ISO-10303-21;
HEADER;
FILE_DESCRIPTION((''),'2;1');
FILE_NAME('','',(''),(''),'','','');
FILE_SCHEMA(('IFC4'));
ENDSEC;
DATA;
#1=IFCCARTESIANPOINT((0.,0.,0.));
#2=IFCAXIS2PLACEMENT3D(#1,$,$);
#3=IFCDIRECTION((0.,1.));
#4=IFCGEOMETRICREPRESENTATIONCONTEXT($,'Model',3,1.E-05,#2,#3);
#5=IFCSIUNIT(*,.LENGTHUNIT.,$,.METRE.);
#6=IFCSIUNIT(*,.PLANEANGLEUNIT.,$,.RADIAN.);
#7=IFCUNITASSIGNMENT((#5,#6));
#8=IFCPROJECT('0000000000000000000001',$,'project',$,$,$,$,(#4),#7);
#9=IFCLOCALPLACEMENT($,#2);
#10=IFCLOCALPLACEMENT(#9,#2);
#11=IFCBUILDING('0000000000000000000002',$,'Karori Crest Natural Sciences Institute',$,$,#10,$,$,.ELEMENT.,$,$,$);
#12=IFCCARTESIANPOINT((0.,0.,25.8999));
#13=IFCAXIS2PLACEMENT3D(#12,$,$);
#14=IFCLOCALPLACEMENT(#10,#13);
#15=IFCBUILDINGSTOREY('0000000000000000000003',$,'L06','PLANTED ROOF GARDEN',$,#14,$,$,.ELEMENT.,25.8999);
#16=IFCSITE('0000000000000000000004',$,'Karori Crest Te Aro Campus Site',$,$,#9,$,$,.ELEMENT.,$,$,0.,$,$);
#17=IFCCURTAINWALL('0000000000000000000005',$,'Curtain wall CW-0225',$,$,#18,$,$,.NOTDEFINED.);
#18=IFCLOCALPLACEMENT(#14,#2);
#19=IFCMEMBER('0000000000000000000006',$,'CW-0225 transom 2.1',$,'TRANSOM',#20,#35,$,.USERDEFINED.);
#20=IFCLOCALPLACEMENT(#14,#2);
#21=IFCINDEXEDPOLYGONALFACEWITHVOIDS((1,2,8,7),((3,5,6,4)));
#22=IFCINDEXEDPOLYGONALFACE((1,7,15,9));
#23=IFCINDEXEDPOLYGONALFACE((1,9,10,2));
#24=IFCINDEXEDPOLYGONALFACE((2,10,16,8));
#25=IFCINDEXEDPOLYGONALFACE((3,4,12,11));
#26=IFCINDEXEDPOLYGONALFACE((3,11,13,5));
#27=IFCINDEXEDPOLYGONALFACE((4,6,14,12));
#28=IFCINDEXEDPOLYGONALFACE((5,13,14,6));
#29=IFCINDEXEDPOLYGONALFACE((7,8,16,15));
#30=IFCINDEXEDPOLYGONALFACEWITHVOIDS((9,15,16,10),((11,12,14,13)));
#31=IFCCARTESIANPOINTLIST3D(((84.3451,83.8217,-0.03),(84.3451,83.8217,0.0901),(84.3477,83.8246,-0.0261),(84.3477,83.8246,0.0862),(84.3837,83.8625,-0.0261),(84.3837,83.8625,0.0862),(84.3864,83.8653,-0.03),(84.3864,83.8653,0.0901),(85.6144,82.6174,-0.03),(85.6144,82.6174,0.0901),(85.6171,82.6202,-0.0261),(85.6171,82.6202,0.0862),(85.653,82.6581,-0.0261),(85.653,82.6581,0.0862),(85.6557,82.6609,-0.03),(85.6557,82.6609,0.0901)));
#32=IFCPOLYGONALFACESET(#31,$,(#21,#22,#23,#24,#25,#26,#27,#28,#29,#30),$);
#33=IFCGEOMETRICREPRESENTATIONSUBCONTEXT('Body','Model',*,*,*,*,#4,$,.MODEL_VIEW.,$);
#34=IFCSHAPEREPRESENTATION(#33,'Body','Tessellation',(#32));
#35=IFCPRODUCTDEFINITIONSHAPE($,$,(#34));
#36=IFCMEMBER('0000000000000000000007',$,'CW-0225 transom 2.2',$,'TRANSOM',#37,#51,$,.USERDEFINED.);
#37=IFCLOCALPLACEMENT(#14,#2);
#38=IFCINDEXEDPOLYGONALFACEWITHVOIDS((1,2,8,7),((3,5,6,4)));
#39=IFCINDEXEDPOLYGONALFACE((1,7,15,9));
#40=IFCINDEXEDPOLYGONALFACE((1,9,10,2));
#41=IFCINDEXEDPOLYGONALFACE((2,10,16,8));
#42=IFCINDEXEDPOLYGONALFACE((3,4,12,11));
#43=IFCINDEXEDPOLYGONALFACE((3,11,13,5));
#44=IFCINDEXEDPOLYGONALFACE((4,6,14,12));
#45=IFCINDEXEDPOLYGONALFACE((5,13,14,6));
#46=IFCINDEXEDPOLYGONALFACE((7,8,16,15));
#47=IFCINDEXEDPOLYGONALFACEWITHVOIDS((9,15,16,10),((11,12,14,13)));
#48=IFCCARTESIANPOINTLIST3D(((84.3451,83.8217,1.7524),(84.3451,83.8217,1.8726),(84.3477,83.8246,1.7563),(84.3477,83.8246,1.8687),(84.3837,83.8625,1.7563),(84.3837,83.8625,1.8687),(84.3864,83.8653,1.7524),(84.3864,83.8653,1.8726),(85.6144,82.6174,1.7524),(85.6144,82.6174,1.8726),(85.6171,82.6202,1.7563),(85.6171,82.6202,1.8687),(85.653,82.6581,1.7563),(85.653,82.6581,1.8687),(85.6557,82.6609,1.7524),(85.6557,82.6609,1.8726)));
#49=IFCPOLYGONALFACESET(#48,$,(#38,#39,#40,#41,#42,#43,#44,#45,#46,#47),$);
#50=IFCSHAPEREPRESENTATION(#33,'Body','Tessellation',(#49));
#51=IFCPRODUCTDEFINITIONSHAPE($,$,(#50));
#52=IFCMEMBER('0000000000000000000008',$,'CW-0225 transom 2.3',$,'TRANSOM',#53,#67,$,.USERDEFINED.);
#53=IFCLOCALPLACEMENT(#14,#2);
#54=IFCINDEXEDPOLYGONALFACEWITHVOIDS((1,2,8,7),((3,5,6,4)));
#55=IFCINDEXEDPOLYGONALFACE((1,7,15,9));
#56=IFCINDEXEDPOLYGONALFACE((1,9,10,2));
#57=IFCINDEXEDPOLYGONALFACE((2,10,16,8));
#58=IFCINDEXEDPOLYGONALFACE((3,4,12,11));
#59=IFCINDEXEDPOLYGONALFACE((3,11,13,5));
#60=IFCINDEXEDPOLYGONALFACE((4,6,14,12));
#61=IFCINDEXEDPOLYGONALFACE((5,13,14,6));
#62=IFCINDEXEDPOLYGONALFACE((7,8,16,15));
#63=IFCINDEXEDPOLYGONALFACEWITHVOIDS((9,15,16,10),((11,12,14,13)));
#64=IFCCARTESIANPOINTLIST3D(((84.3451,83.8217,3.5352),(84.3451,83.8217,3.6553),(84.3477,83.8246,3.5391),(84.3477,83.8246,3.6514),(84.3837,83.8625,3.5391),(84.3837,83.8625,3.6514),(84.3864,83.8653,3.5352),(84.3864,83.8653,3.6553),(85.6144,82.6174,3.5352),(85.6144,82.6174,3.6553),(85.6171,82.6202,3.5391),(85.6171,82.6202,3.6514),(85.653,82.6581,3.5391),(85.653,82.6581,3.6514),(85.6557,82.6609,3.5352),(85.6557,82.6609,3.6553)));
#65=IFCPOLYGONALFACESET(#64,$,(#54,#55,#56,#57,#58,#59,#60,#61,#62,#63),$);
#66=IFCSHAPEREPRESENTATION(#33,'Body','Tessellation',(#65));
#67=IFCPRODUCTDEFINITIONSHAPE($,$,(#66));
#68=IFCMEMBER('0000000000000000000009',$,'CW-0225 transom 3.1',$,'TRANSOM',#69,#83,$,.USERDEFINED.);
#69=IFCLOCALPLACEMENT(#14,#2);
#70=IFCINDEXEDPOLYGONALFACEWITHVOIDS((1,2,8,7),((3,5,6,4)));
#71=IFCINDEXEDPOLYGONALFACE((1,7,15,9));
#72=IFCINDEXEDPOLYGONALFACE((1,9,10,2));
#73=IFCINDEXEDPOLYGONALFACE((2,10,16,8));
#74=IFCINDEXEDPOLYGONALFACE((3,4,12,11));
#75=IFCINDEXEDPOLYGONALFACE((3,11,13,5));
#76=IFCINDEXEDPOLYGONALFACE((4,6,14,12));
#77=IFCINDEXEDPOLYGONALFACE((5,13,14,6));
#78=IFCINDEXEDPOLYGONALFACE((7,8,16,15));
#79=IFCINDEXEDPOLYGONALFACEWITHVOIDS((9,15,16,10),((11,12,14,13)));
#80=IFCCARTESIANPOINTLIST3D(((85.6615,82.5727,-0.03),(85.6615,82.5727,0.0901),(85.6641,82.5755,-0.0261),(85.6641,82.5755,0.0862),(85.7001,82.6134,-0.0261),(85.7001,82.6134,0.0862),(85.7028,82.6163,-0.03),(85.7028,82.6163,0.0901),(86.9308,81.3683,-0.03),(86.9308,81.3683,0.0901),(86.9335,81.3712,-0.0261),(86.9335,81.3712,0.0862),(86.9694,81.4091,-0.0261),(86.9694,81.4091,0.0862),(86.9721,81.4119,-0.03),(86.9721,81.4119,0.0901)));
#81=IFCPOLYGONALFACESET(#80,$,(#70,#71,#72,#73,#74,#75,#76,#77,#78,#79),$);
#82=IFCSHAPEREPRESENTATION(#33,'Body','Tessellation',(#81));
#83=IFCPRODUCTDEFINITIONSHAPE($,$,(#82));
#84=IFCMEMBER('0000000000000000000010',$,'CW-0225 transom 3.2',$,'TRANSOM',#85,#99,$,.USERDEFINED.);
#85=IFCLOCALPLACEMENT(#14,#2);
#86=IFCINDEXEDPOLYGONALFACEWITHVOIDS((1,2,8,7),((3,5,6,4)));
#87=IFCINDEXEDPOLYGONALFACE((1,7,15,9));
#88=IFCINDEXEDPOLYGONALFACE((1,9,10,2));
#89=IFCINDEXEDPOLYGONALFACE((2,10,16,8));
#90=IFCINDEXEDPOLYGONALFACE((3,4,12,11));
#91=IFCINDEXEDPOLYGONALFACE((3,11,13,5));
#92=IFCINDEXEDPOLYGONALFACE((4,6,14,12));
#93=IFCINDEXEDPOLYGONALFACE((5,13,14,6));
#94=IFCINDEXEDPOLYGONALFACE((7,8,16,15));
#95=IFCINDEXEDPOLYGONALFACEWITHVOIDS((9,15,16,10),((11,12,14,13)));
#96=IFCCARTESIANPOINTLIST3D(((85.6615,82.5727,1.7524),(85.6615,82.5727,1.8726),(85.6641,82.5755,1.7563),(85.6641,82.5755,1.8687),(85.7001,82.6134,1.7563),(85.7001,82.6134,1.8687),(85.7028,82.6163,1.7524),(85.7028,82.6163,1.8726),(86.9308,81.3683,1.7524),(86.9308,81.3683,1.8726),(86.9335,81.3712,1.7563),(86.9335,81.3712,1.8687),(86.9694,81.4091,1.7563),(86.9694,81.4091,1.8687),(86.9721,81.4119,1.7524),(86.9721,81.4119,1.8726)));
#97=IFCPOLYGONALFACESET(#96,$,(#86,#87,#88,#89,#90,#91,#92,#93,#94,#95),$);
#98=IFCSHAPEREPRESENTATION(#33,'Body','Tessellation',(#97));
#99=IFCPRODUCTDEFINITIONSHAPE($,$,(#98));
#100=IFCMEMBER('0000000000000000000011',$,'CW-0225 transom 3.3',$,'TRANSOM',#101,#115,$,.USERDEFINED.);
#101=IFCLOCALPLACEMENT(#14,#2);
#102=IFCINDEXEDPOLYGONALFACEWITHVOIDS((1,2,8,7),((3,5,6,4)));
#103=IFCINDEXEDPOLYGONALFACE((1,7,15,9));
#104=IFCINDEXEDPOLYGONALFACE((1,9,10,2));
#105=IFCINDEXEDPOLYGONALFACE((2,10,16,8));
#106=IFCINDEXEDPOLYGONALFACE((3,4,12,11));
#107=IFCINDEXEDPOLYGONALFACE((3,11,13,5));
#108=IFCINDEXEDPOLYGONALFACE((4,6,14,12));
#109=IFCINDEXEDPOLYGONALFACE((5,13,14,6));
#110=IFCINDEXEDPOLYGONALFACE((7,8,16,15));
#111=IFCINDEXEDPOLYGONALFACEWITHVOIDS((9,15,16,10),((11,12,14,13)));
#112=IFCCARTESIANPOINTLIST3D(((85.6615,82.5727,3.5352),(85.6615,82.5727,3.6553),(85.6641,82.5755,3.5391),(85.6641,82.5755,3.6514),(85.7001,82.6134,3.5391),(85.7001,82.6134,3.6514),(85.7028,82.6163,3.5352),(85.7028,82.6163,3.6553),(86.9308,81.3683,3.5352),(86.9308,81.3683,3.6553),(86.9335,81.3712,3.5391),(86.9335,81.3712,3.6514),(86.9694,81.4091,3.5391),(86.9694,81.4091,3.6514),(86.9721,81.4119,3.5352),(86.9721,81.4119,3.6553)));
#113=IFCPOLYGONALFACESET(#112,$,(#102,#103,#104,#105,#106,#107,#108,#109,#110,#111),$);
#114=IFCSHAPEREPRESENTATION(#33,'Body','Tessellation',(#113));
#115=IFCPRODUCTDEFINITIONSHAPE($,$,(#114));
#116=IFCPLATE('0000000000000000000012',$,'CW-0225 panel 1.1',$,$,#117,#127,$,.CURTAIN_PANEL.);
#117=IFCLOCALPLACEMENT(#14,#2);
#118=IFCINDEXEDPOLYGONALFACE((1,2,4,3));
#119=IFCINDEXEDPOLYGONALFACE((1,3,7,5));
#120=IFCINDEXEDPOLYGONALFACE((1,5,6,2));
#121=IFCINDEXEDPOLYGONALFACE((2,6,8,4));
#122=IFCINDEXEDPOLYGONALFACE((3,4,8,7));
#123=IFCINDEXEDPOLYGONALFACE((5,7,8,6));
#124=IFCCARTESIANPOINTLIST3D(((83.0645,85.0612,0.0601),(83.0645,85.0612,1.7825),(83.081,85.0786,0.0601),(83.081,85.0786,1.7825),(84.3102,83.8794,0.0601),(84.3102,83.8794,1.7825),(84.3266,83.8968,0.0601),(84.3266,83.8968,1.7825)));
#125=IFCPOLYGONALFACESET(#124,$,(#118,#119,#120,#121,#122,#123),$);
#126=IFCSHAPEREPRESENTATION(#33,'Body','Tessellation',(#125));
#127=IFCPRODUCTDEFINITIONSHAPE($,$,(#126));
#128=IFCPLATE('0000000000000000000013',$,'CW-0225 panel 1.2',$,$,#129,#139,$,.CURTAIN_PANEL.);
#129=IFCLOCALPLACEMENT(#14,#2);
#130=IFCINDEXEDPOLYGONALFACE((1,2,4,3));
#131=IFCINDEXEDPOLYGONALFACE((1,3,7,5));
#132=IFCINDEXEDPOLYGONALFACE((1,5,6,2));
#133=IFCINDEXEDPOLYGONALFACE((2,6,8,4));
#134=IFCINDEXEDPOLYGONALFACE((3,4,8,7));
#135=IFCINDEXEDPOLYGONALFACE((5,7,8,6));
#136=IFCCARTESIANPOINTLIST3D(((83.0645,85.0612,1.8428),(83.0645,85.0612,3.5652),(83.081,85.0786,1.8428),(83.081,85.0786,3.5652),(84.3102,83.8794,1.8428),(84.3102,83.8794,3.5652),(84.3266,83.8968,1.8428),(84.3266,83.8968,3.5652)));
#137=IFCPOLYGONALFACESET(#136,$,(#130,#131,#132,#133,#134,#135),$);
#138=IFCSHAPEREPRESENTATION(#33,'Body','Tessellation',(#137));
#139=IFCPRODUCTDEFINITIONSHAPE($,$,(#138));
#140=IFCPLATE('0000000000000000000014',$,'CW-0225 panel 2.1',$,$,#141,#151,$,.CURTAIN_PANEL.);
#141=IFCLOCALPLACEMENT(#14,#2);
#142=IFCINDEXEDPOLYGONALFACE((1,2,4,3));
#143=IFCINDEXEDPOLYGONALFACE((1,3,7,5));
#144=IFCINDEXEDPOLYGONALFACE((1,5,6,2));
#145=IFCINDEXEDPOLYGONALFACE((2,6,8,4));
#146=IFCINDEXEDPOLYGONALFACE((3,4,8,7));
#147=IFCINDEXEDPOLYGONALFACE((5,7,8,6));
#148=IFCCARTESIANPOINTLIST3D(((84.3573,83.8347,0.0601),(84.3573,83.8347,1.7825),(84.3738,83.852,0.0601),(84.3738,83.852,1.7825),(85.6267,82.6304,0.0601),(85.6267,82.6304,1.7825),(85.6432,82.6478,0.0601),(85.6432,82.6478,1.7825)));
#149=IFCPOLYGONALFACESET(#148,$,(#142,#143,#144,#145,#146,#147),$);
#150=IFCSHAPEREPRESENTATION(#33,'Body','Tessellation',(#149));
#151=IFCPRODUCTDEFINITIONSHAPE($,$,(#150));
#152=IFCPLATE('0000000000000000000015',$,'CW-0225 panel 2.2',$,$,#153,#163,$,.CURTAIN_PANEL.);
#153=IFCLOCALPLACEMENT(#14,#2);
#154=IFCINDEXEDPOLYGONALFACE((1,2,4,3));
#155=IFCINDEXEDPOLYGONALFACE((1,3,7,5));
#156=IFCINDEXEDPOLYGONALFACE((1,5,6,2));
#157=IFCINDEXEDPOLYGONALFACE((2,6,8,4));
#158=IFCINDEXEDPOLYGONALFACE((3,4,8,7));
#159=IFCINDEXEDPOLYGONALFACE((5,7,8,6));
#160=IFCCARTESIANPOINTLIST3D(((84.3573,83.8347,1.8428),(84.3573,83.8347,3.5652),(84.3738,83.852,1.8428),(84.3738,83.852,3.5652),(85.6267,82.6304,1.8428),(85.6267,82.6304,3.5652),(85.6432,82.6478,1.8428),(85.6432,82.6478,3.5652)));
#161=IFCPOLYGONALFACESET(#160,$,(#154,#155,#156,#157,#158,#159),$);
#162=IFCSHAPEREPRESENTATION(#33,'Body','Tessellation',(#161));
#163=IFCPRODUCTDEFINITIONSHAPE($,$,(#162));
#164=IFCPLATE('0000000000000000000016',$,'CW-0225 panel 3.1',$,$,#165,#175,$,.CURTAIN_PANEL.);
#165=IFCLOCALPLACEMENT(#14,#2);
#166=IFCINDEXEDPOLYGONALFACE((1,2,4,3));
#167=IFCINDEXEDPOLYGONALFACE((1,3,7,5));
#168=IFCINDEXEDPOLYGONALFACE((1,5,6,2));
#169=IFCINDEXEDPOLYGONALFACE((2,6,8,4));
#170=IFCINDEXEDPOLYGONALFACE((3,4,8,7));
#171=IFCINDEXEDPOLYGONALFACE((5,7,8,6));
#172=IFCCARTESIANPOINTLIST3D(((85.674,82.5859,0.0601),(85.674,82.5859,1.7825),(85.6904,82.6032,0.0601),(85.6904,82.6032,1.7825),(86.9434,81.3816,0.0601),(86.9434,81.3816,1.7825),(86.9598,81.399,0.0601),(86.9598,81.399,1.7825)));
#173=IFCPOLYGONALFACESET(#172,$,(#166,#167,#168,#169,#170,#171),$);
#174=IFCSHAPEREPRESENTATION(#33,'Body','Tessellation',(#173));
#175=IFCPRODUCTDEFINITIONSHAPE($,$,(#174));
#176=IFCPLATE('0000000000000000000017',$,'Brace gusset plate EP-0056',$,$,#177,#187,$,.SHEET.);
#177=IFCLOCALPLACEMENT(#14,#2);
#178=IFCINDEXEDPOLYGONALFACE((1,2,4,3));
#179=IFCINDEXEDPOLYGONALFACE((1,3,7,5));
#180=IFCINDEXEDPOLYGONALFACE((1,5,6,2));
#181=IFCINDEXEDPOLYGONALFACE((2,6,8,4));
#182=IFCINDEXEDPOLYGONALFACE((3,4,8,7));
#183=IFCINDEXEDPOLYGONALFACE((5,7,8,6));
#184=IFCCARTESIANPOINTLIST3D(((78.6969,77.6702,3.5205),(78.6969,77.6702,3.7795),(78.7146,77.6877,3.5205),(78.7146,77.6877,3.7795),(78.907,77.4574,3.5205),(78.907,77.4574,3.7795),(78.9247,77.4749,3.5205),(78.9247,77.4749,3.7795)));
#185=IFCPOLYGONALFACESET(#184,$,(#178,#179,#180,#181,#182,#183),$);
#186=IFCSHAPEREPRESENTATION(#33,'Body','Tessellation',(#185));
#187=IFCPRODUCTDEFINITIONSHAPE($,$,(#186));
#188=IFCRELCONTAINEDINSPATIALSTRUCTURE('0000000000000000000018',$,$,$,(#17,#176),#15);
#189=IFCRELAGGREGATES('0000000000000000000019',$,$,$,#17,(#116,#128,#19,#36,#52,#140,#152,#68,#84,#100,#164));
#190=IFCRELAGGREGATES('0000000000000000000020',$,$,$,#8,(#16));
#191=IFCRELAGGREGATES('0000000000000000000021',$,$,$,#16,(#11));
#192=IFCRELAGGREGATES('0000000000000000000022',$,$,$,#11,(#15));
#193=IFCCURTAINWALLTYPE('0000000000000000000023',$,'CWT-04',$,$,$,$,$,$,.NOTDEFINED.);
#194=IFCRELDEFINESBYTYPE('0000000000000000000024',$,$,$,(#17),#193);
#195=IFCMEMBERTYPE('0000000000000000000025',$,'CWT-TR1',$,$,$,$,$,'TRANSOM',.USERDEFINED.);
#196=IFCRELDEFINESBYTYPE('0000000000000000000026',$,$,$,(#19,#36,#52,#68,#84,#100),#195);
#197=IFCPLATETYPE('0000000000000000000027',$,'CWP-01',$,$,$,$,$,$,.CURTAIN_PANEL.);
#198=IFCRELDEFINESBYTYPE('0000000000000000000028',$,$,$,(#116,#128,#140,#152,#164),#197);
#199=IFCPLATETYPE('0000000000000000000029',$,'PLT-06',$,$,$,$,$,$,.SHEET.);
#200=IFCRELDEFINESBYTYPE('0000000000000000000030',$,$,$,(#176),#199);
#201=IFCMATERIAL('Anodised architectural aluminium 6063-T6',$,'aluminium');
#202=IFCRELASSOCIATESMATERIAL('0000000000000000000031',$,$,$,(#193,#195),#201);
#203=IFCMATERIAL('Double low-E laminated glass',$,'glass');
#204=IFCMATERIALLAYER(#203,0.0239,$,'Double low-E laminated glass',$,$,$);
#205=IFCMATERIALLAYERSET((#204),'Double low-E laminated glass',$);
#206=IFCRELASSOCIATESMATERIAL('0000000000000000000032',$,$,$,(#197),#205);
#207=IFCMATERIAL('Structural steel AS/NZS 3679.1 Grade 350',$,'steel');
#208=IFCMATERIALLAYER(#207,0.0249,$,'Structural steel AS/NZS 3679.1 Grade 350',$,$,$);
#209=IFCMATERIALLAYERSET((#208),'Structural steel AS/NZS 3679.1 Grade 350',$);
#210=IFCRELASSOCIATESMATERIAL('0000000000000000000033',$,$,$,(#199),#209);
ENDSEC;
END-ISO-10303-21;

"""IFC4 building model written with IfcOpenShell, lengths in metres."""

from ifc_helpers import new_model, si_unit, direction, frame, origin, origin_2d, place, context, subcontext, project, spatial, rectangle, hollow_rectangle, extrude, material, layer, layer_set, material_profile, profile_set, type_object, element, aggregate, save


model = new_model("IFC4")

# Units and contexts
model_context = context("Model", 3, precision=1e-05, world=origin(), true_north=direction((0.0, 1.0)))
body_context = subcontext(model_context, "Body", "Model", "MODEL_VIEW")
ifc_project = project(units=[si_unit("LENGTHUNIT", "METRE"), si_unit("PLANEANGLEUNIT", "RADIAN")], contexts=[model_context])

# Site, building, storey
site_placement = place(None, origin())
site = spatial("IfcSite", under=ifc_project, at=site_placement, Name="Karori Crest Te Aro Campus Site", CompositionType="ELEMENT", RefElevation=0.0)
building_placement = place(site_placement, origin())
building = spatial("IfcBuilding", under=site, at=building_placement, Name="Karori Crest Natural Sciences Institute", CompositionType="ELEMENT")
storey_placement = place(building_placement, frame((0.0, 0.0, 25.8999)))
storey = spatial("IfcBuildingStorey", under=building, at=storey_placement, Name="L06", Description="PLANTED ROOF GARDEN", CompositionType="ELEMENT", Elevation=25.8999)

# Shared definitions
ifc_material_1 = material(Name="Structural steel AS/NZS 3679.1 Grade 350", Category="steel")

# Curtain wall
ifc_material_2 = material(Name="Anodised architectural aluminium 6063-T6", Category="aluminium")
curtain_wall_type_1 = type_object("IfcCurtainWallType", Name="CWT-04", PredefinedType="NOTDEFINED", material=ifc_material_2)
curtain_wall_1_placement = place(storey_placement, origin())
curtain_wall_1 = element("IfcCurtainWall", 1, at=curtain_wall_1_placement, inside=storey, type_object=curtain_wall_type_1, Name="Curtain wall CW-0225", PredefinedType="NOTDEFINED")

# Members
ifc_material_profile_1 = material_profile(ifc_material_2, hollow_rectangle(XDim=0.0601, YDim=0.1201, WallThickness=0.0039, at=origin_2d()), Name="CWT120x60x4")
ifc_profile_set_1 = profile_set([ifc_material_profile_1], Name="Anodised architectural aluminium 6063-T6")
member_type_1 = type_object("IfcMemberType", Name="CWT-TR1", ElementType="TRANSOM", PredefinedType="USERDEFINED", material=ifc_profile_set_1)
member_1_placement = place(storey_placement, frame((84.3657, 83.8435, 0.03), z_axis=(0.725421, -0.688306, 0.0), x_axis=(0.688306, 0.725421, 0.0)))
member_1 = element("IfcMember", 2, at=member_1_placement, type_object=member_type_1, Name="CW-0225 transom 2.1", ObjectType="TRANSOM", PredefinedType="USERDEFINED", context=body_context, shape_type="SweptSolid", body=[
    extrude(hollow_rectangle(XDim=0.0601, YDim=0.1201, WallThickness=0.0039, at=origin_2d()), origin(), (0.0, 0.0, 1.0), 1.7498),
])
member_2_placement = place(storey_placement, frame((84.3657, 83.8435, 1.8125), z_axis=(0.725421, -0.688306, 0.0), x_axis=(0.688306, 0.725421, 0.0)))
member_2 = element("IfcMember", 3, at=member_2_placement, type_object=member_type_1, Name="CW-0225 transom 2.2", ObjectType="TRANSOM", PredefinedType="USERDEFINED", context=body_context, shape_type="SweptSolid", body=[
    extrude(hollow_rectangle(XDim=0.0601, YDim=0.1201, WallThickness=0.0039, at=origin_2d()), origin(), (0.0, 0.0, 1.0), 1.7498),
])
member_3_placement = place(storey_placement, frame((84.3657, 83.8435, 3.5952), z_axis=(0.725421, -0.688306, 0.0), x_axis=(0.688306, 0.725421, 0.0)))
member_3 = element("IfcMember", 4, at=member_3_placement, type_object=member_type_1, Name="CW-0225 transom 2.3", ObjectType="TRANSOM", PredefinedType="USERDEFINED", context=body_context, shape_type="SweptSolid", body=[
    extrude(hollow_rectangle(XDim=0.0601, YDim=0.1201, WallThickness=0.0039, at=origin_2d()), origin(), (0.0, 0.0, 1.0), 1.7498),
])
member_4_placement = place(storey_placement, frame((85.6821, 82.5945, 0.03), z_axis=(0.725421, -0.688306, 0.0), x_axis=(0.688306, 0.725421, 0.0)))
member_4 = element("IfcMember", 5, at=member_4_placement, type_object=member_type_1, Name="CW-0225 transom 3.1", ObjectType="TRANSOM", PredefinedType="USERDEFINED", context=body_context, shape_type="SweptSolid", body=[
    extrude(hollow_rectangle(XDim=0.0601, YDim=0.1201, WallThickness=0.0039, at=origin_2d()), origin(), (0.0, 0.0, 1.0), 1.7498),
])
member_5_placement = place(storey_placement, frame((85.6821, 82.5945, 1.8125), z_axis=(0.725421, -0.688306, 0.0), x_axis=(0.688306, 0.725421, 0.0)))
member_5 = element("IfcMember", 6, at=member_5_placement, type_object=member_type_1, Name="CW-0225 transom 3.2", ObjectType="TRANSOM", PredefinedType="USERDEFINED", context=body_context, shape_type="SweptSolid", body=[
    extrude(hollow_rectangle(XDim=0.0601, YDim=0.1201, WallThickness=0.0039, at=origin_2d()), origin(), (0.0, 0.0, 1.0), 1.7498),
])
member_6_placement = place(storey_placement, frame((85.6821, 82.5945, 3.5952), z_axis=(0.725421, -0.688306, 0.0), x_axis=(0.688306, 0.725421, 0.0)))
member_6 = element("IfcMember", 7, at=member_6_placement, type_object=member_type_1, Name="CW-0225 transom 3.3", ObjectType="TRANSOM", PredefinedType="USERDEFINED", context=body_context, shape_type="SweptSolid", body=[
    extrude(hollow_rectangle(XDim=0.0601, YDim=0.1201, WallThickness=0.0039, at=origin_2d()), origin(), (0.0, 0.0, 1.0), 1.7498),
])

# Plates
ifc_material_3 = material(Name="Double low-E laminated glass", Category="glass")
ifc_layer_1 = layer(ifc_material_3, 0.0239, Name="Double low-E laminated glass")
ifc_layer_set_1 = layer_set([ifc_layer_1], Name="Double low-E laminated glass")
plate_type_1 = type_object("IfcPlateType", Name="CWP-01", PredefinedType="CURTAIN_PANEL", material=ifc_layer_set_1)
plate_1_placement = place(storey_placement, frame((83.6956, 84.479, 0.0601), z_axis=(0.0, 0.0, 1.0), x_axis=(0.725471, -0.688252, 0.0)))
plate_1 = element("IfcPlate", 8, at=plate_1_placement, type_object=plate_type_1, Name="CW-0225 panel 1.1", PredefinedType="CURTAIN_PANEL", context=body_context, shape_type="SweptSolid", body=[
    extrude(rectangle(XDim=1.717, YDim=0.0239, at=origin_2d()), origin(), (0.0, 0.0, 1.0), 1.7224),
])
plate_2_placement = place(storey_placement, frame((83.6956, 84.479, 1.8428), z_axis=(0.0, 0.0, 1.0), x_axis=(0.725471, -0.688252, 0.0)))
plate_2 = element("IfcPlate", 9, at=plate_2_placement, type_object=plate_type_1, Name="CW-0225 panel 1.2", PredefinedType="CURTAIN_PANEL", context=body_context, shape_type="SweptSolid", body=[
    extrude(rectangle(XDim=1.717, YDim=0.0239, at=origin_2d()), origin(), (0.0, 0.0, 1.0), 1.7224),
])
plate_3_placement = place(storey_placement, frame((85.0002, 83.2412, 0.0601), z_axis=(0.0, 0.0, 1.0), x_axis=(0.725471, -0.688252, 0.0)))
plate_3 = element("IfcPlate", 10, at=plate_3_placement, type_object=plate_type_1, Name="CW-0225 panel 2.1", PredefinedType="CURTAIN_PANEL", context=body_context, shape_type="SweptSolid", body=[
    extrude(rectangle(XDim=1.7498, YDim=0.0239, at=origin_2d()), origin(), (0.0, 0.0, 1.0), 1.7224),
])
plate_4_placement = place(storey_placement, frame((85.0002, 83.2412, 1.8428), z_axis=(0.0, 0.0, 1.0), x_axis=(0.725471, -0.688252, 0.0)))
plate_4 = element("IfcPlate", 11, at=plate_4_placement, type_object=plate_type_1, Name="CW-0225 panel 2.2", PredefinedType="CURTAIN_PANEL", context=body_context, shape_type="SweptSolid", body=[
    extrude(rectangle(XDim=1.7498, YDim=0.0239, at=origin_2d()), origin(), (0.0, 0.0, 1.0), 1.7224),
])
plate_5_placement = place(storey_placement, frame((86.3169, 81.9924, 0.0601), z_axis=(0.0, 0.0, 1.0), x_axis=(0.725471, -0.688252, 0.0)))
plate_5 = element("IfcPlate", 12, at=plate_5_placement, type_object=plate_type_1, Name="CW-0225 panel 3.1", PredefinedType="CURTAIN_PANEL", context=body_context, shape_type="SweptSolid", body=[
    extrude(rectangle(XDim=1.7498, YDim=0.0239, at=origin_2d()), origin(), (0.0, 0.0, 1.0), 1.7224),
])
aggregate(curtain_wall_1, [plate_1, plate_2, member_1, member_2, member_3, plate_3, plate_4, member_4, member_5, member_6, plate_5])
ifc_layer_2 = layer(ifc_material_1, 0.0249, Name="Structural steel AS/NZS 3679.1 Grade 350")
ifc_layer_set_2 = layer_set([ifc_layer_2], Name="Structural steel AS/NZS 3679.1 Grade 350")
plate_type_2 = type_object("IfcPlateType", Name="PLT-06", PredefinedType="SHEET", material=ifc_layer_set_2)
plate_6_placement = place(storey_placement, frame((78.8108, 77.5725, 3.5205), z_axis=(0.0, 0.0, 1.0), x_axis=(-0.702664, 0.711522, 0.0)))
element("IfcPlate", 13, at=plate_6_placement, inside=storey, type_object=plate_type_2, Name="Brace gusset plate EP-0056", PredefinedType="SHEET", context=body_context, shape_type="SweptSolid", body=[
    extrude(rectangle(XDim=0.2991, YDim=0.0249, at=origin_2d()), origin(), (0.0, 0.0, 1.0), 0.259),
])

save(model, "model.ifc")
